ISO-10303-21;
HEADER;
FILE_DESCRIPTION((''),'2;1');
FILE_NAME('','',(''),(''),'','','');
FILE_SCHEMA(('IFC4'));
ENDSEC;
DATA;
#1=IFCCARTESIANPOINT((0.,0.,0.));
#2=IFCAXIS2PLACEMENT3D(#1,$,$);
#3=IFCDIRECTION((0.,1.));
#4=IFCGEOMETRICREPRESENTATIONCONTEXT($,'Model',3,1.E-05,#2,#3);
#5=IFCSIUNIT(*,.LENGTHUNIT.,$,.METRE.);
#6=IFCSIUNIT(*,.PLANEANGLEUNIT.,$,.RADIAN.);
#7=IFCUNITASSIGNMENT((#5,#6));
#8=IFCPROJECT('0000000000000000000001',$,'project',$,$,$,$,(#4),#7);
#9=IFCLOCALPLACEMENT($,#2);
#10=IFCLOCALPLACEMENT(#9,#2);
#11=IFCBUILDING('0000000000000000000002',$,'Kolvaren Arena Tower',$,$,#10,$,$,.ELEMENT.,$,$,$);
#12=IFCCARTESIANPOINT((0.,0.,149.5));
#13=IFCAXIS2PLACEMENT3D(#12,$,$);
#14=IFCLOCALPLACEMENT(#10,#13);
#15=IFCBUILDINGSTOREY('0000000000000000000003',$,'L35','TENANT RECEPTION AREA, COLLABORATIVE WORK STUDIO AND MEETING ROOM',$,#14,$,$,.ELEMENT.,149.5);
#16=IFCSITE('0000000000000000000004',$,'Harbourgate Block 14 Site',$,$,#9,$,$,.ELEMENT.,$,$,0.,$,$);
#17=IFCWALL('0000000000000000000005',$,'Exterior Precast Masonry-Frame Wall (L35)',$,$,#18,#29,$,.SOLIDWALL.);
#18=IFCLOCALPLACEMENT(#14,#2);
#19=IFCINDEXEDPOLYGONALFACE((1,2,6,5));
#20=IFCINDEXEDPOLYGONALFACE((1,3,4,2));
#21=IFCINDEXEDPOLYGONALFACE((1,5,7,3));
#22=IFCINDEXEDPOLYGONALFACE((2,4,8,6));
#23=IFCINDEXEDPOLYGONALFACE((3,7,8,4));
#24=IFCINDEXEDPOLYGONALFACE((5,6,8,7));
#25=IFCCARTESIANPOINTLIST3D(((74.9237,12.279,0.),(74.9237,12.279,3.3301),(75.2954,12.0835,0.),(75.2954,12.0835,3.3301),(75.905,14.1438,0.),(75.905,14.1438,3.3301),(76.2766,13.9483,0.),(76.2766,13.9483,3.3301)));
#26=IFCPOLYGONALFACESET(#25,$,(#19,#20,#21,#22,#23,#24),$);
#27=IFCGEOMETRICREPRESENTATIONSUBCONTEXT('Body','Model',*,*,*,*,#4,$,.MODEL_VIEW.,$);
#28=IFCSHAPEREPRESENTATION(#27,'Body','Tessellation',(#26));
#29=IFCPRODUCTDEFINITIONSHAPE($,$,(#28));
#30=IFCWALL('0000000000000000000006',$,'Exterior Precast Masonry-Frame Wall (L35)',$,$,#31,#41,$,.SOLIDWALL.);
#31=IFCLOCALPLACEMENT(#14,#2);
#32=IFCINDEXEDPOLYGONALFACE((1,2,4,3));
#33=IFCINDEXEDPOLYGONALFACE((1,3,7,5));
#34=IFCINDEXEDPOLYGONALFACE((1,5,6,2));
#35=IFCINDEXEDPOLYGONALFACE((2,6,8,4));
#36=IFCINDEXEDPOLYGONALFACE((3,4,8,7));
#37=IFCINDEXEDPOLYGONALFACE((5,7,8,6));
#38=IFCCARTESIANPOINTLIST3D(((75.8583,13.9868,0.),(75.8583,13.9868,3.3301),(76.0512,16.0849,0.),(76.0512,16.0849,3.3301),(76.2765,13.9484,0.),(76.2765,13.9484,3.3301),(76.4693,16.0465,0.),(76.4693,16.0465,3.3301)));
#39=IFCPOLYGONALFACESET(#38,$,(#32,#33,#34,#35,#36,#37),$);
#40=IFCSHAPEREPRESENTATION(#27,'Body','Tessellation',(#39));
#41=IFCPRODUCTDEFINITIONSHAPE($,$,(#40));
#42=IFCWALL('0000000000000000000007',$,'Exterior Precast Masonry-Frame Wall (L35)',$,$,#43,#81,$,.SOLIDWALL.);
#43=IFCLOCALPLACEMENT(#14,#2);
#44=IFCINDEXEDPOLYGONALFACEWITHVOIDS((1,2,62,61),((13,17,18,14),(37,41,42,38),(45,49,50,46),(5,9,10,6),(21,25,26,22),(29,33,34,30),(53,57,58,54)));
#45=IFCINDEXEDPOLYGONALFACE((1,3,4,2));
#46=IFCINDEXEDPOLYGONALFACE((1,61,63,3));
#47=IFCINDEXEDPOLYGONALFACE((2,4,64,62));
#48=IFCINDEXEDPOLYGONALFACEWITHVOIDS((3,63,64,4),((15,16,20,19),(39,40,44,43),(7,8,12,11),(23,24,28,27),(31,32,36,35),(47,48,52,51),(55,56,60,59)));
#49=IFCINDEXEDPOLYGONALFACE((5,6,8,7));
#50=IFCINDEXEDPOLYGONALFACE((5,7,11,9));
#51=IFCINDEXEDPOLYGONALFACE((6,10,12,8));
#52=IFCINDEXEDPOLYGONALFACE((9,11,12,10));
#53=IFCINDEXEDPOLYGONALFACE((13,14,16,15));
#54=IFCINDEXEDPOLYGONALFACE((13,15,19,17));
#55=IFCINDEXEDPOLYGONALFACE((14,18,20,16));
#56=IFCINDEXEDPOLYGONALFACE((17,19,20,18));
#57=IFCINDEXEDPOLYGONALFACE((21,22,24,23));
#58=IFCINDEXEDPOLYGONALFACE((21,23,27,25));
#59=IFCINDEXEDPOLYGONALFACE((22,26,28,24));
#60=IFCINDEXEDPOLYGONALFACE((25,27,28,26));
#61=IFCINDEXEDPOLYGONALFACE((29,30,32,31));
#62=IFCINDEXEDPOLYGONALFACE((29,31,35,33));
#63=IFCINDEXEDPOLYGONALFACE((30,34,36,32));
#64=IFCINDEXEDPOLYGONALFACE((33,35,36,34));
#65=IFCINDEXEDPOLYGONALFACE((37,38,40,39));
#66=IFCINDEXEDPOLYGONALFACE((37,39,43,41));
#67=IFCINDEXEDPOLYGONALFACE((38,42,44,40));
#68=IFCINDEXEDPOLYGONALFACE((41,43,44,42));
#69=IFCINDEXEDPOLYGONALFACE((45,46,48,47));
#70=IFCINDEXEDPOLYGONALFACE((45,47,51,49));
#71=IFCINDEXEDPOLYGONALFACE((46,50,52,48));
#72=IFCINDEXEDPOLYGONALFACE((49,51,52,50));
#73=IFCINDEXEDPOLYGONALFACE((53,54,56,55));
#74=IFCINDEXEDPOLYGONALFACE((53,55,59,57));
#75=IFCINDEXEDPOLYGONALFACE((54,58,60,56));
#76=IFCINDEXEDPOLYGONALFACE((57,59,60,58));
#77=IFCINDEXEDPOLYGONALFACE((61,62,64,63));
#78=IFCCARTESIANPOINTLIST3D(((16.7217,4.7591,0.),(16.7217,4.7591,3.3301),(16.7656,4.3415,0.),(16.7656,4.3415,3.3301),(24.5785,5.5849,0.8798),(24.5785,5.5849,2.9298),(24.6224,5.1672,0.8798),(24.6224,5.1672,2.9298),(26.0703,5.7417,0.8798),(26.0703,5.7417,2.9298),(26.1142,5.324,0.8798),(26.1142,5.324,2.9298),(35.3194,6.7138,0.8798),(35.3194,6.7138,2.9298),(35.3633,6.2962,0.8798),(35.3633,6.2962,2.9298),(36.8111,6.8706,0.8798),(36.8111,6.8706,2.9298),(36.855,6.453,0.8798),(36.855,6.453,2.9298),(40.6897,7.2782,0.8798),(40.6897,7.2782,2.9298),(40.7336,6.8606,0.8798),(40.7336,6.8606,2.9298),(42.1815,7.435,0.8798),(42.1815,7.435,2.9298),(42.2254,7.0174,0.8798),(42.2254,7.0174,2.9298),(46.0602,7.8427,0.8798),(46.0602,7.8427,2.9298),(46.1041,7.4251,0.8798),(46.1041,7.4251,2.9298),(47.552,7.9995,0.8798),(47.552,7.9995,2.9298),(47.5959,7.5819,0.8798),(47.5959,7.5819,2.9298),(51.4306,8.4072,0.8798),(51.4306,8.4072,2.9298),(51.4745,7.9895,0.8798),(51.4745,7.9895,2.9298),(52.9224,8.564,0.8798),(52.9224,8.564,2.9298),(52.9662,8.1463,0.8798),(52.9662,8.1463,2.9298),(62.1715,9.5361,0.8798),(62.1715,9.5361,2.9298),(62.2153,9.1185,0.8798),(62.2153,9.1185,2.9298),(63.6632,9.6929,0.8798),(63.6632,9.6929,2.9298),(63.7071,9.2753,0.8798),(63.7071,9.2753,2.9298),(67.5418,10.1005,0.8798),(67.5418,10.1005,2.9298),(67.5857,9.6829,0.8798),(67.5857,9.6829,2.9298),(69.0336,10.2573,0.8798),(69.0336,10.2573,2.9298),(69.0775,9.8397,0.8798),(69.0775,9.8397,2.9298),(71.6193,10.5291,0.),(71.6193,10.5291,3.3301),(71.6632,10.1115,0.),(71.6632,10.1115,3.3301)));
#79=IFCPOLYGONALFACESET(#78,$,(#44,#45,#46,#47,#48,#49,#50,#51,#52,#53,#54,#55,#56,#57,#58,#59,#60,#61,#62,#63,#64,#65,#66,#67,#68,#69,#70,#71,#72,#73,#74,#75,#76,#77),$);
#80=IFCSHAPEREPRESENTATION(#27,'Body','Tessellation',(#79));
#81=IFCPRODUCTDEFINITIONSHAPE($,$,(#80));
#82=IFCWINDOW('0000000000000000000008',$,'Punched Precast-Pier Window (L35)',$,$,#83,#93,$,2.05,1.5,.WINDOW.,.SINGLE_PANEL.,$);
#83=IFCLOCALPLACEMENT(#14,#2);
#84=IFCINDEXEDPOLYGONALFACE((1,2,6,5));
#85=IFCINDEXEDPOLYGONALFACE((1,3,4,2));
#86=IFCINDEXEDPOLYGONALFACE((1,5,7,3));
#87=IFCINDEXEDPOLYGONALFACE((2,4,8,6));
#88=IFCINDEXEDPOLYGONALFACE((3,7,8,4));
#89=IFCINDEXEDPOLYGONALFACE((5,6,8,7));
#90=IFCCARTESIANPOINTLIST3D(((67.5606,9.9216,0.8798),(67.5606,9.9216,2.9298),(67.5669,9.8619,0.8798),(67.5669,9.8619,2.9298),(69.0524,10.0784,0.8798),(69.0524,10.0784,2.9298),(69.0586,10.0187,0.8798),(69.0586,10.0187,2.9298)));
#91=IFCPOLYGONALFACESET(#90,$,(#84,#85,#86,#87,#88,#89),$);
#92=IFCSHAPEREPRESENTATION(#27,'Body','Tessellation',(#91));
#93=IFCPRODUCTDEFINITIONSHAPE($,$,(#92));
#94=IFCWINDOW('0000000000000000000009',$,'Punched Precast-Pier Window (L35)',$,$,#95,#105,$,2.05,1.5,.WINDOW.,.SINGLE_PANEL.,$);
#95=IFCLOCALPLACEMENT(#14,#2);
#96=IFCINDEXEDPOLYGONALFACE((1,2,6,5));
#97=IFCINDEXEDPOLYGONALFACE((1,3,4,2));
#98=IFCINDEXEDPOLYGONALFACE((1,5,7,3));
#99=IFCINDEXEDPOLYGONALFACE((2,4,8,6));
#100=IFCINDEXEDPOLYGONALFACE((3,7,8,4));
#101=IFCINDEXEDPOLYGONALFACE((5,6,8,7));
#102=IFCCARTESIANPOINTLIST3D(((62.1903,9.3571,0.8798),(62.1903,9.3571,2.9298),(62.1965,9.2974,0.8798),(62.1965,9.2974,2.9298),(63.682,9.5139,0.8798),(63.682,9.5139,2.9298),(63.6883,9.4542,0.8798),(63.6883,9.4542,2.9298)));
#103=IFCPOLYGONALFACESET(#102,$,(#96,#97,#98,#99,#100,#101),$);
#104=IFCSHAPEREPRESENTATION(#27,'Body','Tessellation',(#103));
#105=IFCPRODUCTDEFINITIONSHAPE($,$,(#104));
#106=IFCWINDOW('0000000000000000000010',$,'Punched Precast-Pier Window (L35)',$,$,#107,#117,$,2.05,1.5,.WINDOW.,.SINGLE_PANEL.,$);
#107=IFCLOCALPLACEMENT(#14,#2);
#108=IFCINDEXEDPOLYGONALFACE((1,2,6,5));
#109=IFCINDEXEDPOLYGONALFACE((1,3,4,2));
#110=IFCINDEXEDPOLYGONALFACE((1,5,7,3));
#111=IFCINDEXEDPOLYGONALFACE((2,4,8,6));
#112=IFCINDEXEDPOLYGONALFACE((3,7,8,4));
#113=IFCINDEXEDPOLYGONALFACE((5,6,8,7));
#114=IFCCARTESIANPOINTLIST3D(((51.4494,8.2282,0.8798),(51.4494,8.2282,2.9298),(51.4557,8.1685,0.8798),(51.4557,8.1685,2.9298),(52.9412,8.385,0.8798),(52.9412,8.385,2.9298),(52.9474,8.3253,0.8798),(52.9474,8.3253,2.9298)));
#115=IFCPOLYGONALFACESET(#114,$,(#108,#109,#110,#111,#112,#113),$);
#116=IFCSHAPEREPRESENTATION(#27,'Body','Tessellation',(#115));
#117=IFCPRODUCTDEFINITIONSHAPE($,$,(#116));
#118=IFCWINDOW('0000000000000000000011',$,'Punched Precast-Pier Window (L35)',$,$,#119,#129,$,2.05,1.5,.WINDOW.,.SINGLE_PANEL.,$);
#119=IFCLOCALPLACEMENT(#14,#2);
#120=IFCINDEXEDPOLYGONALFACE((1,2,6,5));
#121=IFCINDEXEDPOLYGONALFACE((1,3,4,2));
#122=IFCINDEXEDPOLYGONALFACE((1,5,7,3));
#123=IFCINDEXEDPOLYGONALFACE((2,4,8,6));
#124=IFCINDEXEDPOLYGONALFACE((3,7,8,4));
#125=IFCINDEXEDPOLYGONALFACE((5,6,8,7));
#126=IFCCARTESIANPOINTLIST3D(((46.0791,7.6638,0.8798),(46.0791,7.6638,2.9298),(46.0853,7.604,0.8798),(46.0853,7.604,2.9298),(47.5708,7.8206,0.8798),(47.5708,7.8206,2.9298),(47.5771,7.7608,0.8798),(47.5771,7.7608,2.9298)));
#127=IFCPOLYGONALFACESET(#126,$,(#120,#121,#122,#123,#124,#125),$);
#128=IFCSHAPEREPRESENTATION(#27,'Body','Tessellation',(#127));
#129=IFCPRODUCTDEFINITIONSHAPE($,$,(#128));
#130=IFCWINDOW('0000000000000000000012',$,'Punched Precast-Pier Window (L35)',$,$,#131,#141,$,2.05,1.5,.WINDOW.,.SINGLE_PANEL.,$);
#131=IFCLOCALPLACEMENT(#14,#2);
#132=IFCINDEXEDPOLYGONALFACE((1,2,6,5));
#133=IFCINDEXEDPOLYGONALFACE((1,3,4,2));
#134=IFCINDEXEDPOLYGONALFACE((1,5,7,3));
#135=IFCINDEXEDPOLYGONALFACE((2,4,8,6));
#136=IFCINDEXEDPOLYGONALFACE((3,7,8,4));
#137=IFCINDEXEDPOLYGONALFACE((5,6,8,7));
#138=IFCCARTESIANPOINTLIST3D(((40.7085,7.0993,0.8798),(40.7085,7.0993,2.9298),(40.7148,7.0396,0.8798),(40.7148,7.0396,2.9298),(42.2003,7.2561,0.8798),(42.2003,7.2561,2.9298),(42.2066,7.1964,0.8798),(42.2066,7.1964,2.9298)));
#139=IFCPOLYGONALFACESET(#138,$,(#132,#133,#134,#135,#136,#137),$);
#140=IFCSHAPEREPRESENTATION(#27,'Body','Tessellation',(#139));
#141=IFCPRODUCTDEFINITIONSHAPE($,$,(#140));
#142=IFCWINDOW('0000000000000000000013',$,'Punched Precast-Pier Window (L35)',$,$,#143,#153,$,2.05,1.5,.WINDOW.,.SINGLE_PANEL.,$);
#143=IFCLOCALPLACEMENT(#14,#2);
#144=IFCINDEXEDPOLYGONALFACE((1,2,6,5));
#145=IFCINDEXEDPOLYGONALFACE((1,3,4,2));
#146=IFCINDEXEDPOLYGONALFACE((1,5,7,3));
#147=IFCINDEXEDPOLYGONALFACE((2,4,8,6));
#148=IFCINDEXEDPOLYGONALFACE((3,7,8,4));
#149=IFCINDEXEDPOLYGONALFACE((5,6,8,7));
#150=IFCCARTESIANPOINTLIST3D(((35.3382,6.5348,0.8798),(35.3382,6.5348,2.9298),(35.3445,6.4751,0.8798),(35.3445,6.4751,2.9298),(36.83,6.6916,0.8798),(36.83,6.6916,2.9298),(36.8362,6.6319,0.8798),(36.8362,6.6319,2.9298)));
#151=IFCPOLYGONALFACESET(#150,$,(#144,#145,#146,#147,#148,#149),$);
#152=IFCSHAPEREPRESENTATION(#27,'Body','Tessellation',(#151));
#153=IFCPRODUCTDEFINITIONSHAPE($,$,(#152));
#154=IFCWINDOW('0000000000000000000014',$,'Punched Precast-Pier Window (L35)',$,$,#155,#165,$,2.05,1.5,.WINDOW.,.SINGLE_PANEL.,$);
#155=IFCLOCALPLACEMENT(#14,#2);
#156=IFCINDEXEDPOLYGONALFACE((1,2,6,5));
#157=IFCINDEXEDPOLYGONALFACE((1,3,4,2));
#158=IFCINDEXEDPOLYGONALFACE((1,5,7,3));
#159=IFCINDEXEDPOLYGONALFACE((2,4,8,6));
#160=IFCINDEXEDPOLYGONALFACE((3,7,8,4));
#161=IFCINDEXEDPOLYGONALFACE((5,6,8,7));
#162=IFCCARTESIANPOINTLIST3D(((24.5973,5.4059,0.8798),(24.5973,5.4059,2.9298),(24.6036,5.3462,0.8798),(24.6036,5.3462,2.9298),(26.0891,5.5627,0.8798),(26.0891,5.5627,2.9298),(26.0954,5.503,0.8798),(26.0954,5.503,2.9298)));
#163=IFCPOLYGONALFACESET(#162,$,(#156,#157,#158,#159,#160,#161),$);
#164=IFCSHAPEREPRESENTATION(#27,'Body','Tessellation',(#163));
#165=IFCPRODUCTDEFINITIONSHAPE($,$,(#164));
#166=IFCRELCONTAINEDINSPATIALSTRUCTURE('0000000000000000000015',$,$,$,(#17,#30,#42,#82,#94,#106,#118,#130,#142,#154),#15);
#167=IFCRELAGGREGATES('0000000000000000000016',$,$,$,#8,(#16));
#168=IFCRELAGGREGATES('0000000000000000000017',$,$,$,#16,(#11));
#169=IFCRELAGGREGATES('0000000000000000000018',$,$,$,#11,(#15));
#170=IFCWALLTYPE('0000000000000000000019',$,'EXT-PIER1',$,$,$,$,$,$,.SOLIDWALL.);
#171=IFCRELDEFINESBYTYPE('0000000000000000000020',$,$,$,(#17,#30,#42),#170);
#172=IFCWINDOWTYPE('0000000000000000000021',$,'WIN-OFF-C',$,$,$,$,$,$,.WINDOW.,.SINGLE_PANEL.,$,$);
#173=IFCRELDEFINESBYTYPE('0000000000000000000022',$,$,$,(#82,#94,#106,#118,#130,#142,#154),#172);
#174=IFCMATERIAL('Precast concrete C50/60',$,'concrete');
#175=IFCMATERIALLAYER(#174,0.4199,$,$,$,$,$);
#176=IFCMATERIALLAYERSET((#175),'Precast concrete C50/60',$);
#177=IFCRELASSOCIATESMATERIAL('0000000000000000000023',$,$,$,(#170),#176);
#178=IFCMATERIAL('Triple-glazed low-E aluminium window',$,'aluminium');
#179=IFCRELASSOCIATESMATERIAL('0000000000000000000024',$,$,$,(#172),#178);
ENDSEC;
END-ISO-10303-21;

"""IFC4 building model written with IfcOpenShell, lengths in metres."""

from ifc_helpers import new_model, si_unit, direction, frame, frame_2d, origin, place, context, subcontext, project, spatial, rectangle, extrude, material, layer, layer_set, type_object, element, fill, save


model = new_model("IFC4")

# Units and contexts
model_context = context("Model", 3, precision=1e-05, world=origin(), true_north=direction((0.0, 1.0)))
body_context = subcontext(model_context, "Body", "Model", "MODEL_VIEW")
ifc_project = project(units=[si_unit("LENGTHUNIT", "METRE"), si_unit("PLANEANGLEUNIT", "RADIAN")], contexts=[model_context])

# Site, building, storey
site_placement = place(None, origin())
site = spatial("IfcSite", under=ifc_project, at=site_placement, Name="Harbourgate Block 14 Site", CompositionType="ELEMENT", RefElevation=0.0)
building_placement = place(site_placement, origin())
building = spatial("IfcBuilding", under=site, at=building_placement, Name="Kolvaren Arena Tower", CompositionType="ELEMENT")
storey_placement = place(building_placement, frame((0.0, 0.0, 149.5)))
storey = spatial("IfcBuildingStorey", under=building, at=storey_placement, Name="L35", Description="TENANT RECEPTION AREA, COLLABORATIVE WORK STUDIO AND MEETING ROOM", CompositionType="ELEMENT", Elevation=149.5)

# Walls
ifc_material_1 = material(Name="Precast concrete C50/60", Category="concrete")
ifc_layer_1 = layer(ifc_material_1, 0.4199)
ifc_layer_set_1 = layer_set([ifc_layer_1], Name="Precast concrete C50/60")
wall_type_1 = type_object("IfcWallType", Name="EXT-PIER1", PredefinedType="SOLIDWALL", material=ifc_layer_set_1)
wall_1_placement = place(storey_placement, frame((76.0908, 14.0461, 0.0), z_axis=(0.0, 0.0, 1.0), x_axis=(-0.465656, -0.884966, 0.0)))
element("IfcWall", 1, at=wall_1_placement, inside=storey, type_object=wall_type_1, Name="Exterior Precast Masonry-Frame Wall (L35)", PredefinedType="SOLIDWALL", context=body_context, shape_type="SweptSolid", body=[
    extrude(rectangle(XDim=2.1072, YDim=0.4199, at=frame_2d((1.0537, 0.0))), origin(), (0.0, 0.0, 1.0), 3.3301),
])
wall_2_placement = place(storey_placement, frame((76.2603, 16.0657, 0.0), z_axis=(0.0, 0.0, 1.0), x_axis=(-0.091539, -0.995802, 0.0)))
element("IfcWall", 2, at=wall_2_placement, inside=storey, type_object=wall_type_1, Name="Exterior Precast Masonry-Frame Wall (L35)", PredefinedType="SOLIDWALL", context=body_context, shape_type="SweptSolid", body=[
    extrude(rectangle(XDim=2.1069, YDim=0.4199, at=frame_2d((1.0535, 0.0))), origin(), (0.0, 0.0, 1.0), 3.3301),
])

# Wall, openings, windows
wall_3_placement = place(storey_placement, frame((71.6414, 10.3203, 0.0), z_axis=(0.0, 0.0, 1.0), x_axis=(-0.994522, -0.10453, 0.0)))
wall_3 = element("IfcWall", 3, at=wall_3_placement, inside=storey, type_object=wall_type_1, Name="Exterior Precast Masonry-Frame Wall (L35)", PredefinedType="SOLIDWALL", context=body_context, shape_type="SweptSolid", body=[
    extrude(rectangle(XDim=55.2, YDim=0.4199, at=frame_2d((27.6001, 0.0))), origin(), (0.0, 0.0, 1.0), 3.3301),
])
opening_1_placement = place(wall_3_placement, frame((2.6001, 0.0, 0.8799)))
opening_1 = element("IfcOpeningElement", 4, at=opening_1_placement, cuts=wall_3, PredefinedType="OPENING", context=body_context, shape_type="SweptSolid", body=[
    extrude(rectangle(XDim=1.5, YDim=2.05, at=frame_2d((0.75, 1.0249))), frame((0.0, 0.22, 0.0), z_axis=(0.0, -1.0, 0.0), x_axis=(1.0, 0.0, 0.0)), (0.0, 0.0, 1.0), 0.4399),
])
opening_2_placement = place(wall_3_placement, frame((8.0, 0.0, 0.8799)))
opening_2 = element("IfcOpeningElement", 5, at=opening_2_placement, cuts=wall_3, PredefinedType="OPENING", context=body_context, shape_type="SweptSolid", body=[
    extrude(rectangle(XDim=1.5, YDim=2.05, at=frame_2d((0.75, 1.0249))), frame((0.0, 0.22, 0.0), z_axis=(0.0, -1.0, 0.0), x_axis=(1.0, 0.0, 0.0)), (0.0, 0.0, 1.0), 0.4399),
])
opening_3_placement = place(wall_3_placement, frame((18.8, 0.0, 0.8799)))
opening_3 = element("IfcOpeningElement", 6, at=opening_3_placement, cuts=wall_3, PredefinedType="OPENING", context=body_context, shape_type="SweptSolid", body=[
    extrude(rectangle(XDim=1.5, YDim=2.05, at=frame_2d((0.75, 1.0249))), frame((0.0, 0.22, 0.0), z_axis=(0.0, -1.0, 0.0), x_axis=(1.0, 0.0, 0.0)), (0.0, 0.0, 1.0), 0.4399),
])
opening_4_placement = place(wall_3_placement, frame((24.2, 0.0, 0.8799)))
opening_4 = element("IfcOpeningElement", 7, at=opening_4_placement, cuts=wall_3, PredefinedType="OPENING", context=body_context, shape_type="SweptSolid", body=[
    extrude(rectangle(XDim=1.5, YDim=2.05, at=frame_2d((0.75, 1.0249))), frame((0.0, 0.22, 0.0), z_axis=(0.0, -1.0, 0.0), x_axis=(1.0, 0.0, 0.0)), (0.0, 0.0, 1.0), 0.4399),
])
opening_5_placement = place(wall_3_placement, frame((29.6001, 0.0, 0.8799)))
opening_5 = element("IfcOpeningElement", 8, at=opening_5_placement, cuts=wall_3, PredefinedType="OPENING", context=body_context, shape_type="SweptSolid", body=[
    extrude(rectangle(XDim=1.5, YDim=2.05, at=frame_2d((0.75, 1.0249))), frame((0.0, 0.22, 0.0), z_axis=(0.0, -1.0, 0.0), x_axis=(1.0, 0.0, 0.0)), (0.0, 0.0, 1.0), 0.4399),
])
opening_6_placement = place(wall_3_placement, frame((35.0, 0.0, 0.8799)))
opening_6 = element("IfcOpeningElement", 9, at=opening_6_placement, cuts=wall_3, PredefinedType="OPENING", context=body_context, shape_type="SweptSolid", body=[
    extrude(rectangle(XDim=1.5, YDim=2.05, at=frame_2d((0.75, 1.0249))), frame((0.0, 0.22, 0.0), z_axis=(0.0, -1.0, 0.0), x_axis=(1.0, 0.0, 0.0)), (0.0, 0.0, 1.0), 0.4399),
])
opening_7_placement = place(wall_3_placement, frame((45.8, 0.0, 0.8799)))
opening_7 = element("IfcOpeningElement", 10, at=opening_7_placement, cuts=wall_3, PredefinedType="OPENING", context=body_context, shape_type="SweptSolid", body=[
    extrude(rectangle(XDim=1.5, YDim=2.05, at=frame_2d((0.75, 1.0249))), frame((0.0, 0.22, 0.0), z_axis=(0.0, -1.0, 0.0), x_axis=(1.0, 0.0, 0.0)), (0.0, 0.0, 1.0), 0.4399),
])
ifc_material_2 = material(Name="Triple-glazed low-E aluminium window", Category="aluminium")
window_type = type_object("IfcWindowType", Name="WIN-OFF-C", PartitioningType="SINGLE_PANEL", PredefinedType="WINDOW", material=ifc_material_2)
window_1_placement = place(opening_1_placement, origin())
window_1 = element("IfcWindow", 11, at=window_1_placement, inside=storey, type_object=window_type, Name="Punched Precast-Pier Window (L35)", OverallHeight=2.05, OverallWidth=1.5, PartitioningType="SINGLE_PANEL", PredefinedType="WINDOW", context=body_context, shape_type="SweptSolid", body=[
    extrude(rectangle(XDim=1.5, YDim=2.05, at=frame_2d((0.75, 1.0249))), frame((0.0, 0.03, 0.0), z_axis=(0.0, -1.0, 0.0), x_axis=(1.0, 0.0, 0.0)), (0.0, 0.0, 1.0), 0.0601),
])
fill(opening_1, window_1)
window_2_placement = place(opening_2_placement, origin())
window_2 = element("IfcWindow", 12, at=window_2_placement, inside=storey, type_object=window_type, Name="Punched Precast-Pier Window (L35)", OverallHeight=2.05, OverallWidth=1.5, PartitioningType="SINGLE_PANEL", PredefinedType="WINDOW", context=body_context, shape_type="SweptSolid", body=[
    extrude(rectangle(XDim=1.5, YDim=2.05, at=frame_2d((0.75, 1.0249))), frame((0.0, 0.03, 0.0), z_axis=(0.0, -1.0, 0.0), x_axis=(1.0, 0.0, 0.0)), (0.0, 0.0, 1.0), 0.0601),
])
fill(opening_2, window_2)
window_3_placement = place(opening_3_placement, origin())
window_3 = element("IfcWindow", 13, at=window_3_placement, inside=storey, type_object=window_type, Name="Punched Precast-Pier Window (L35)", OverallHeight=2.05, OverallWidth=1.5, PartitioningType="SINGLE_PANEL", PredefinedType="WINDOW", context=body_context, shape_type="SweptSolid", body=[
    extrude(rectangle(XDim=1.5, YDim=2.05, at=frame_2d((0.75, 1.0249))), frame((0.0, 0.03, 0.0), z_axis=(0.0, -1.0, 0.0), x_axis=(1.0, 0.0, 0.0)), (0.0, 0.0, 1.0), 0.0601),
])
fill(opening_3, window_3)
window_4_placement = place(opening_4_placement, origin())
window_4 = element("IfcWindow", 14, at=window_4_placement, inside=storey, type_object=window_type, Name="Punched Precast-Pier Window (L35)", OverallHeight=2.05, OverallWidth=1.5, PartitioningType="SINGLE_PANEL", PredefinedType="WINDOW", context=body_context, shape_type="SweptSolid", body=[
    extrude(rectangle(XDim=1.5, YDim=2.05, at=frame_2d((0.75, 1.0249))), frame((0.0, 0.03, 0.0), z_axis=(0.0, -1.0, 0.0), x_axis=(1.0, 0.0, 0.0)), (0.0, 0.0, 1.0), 0.0601),
])
fill(opening_4, window_4)
window_5_placement = place(opening_5_placement, origin())
window_5 = element("IfcWindow", 15, at=window_5_placement, inside=storey, type_object=window_type, Name="Punched Precast-Pier Window (L35)", OverallHeight=2.05, OverallWidth=1.5, PartitioningType="SINGLE_PANEL", PredefinedType="WINDOW", context=body_context, shape_type="SweptSolid", body=[
    extrude(rectangle(XDim=1.5, YDim=2.05, at=frame_2d((0.75, 1.0249))), frame((0.0, 0.03, 0.0), z_axis=(0.0, -1.0, 0.0), x_axis=(1.0, 0.0, 0.0)), (0.0, 0.0, 1.0), 0.0601),
])
fill(opening_5, window_5)
window_6_placement = place(opening_6_placement, origin())
window_6 = element("IfcWindow", 16, at=window_6_placement, inside=storey, type_object=window_type, Name="Punched Precast-Pier Window (L35)", OverallHeight=2.05, OverallWidth=1.5, PartitioningType="SINGLE_PANEL", PredefinedType="WINDOW", context=body_context, shape_type="SweptSolid", body=[
    extrude(rectangle(XDim=1.5, YDim=2.05, at=frame_2d((0.75, 1.0249))), frame((0.0, 0.03, 0.0), z_axis=(0.0, -1.0, 0.0), x_axis=(1.0, 0.0, 0.0)), (0.0, 0.0, 1.0), 0.0601),
])
fill(opening_6, window_6)
window_7_placement = place(opening_7_placement, origin())
window_7 = element("IfcWindow", 17, at=window_7_placement, inside=storey, type_object=window_type, Name="Punched Precast-Pier Window (L35)", OverallHeight=2.05, OverallWidth=1.5, PartitioningType="SINGLE_PANEL", PredefinedType="WINDOW", context=body_context, shape_type="SweptSolid", body=[
    extrude(rectangle(XDim=1.5, YDim=2.05, at=frame_2d((0.75, 1.0249))), frame((0.0, 0.03, 0.0), z_axis=(0.0, -1.0, 0.0), x_axis=(1.0, 0.0, 0.0)), (0.0, 0.0, 1.0), 0.0601),
])
fill(opening_7, window_7)

save(model, "model.ifc")
